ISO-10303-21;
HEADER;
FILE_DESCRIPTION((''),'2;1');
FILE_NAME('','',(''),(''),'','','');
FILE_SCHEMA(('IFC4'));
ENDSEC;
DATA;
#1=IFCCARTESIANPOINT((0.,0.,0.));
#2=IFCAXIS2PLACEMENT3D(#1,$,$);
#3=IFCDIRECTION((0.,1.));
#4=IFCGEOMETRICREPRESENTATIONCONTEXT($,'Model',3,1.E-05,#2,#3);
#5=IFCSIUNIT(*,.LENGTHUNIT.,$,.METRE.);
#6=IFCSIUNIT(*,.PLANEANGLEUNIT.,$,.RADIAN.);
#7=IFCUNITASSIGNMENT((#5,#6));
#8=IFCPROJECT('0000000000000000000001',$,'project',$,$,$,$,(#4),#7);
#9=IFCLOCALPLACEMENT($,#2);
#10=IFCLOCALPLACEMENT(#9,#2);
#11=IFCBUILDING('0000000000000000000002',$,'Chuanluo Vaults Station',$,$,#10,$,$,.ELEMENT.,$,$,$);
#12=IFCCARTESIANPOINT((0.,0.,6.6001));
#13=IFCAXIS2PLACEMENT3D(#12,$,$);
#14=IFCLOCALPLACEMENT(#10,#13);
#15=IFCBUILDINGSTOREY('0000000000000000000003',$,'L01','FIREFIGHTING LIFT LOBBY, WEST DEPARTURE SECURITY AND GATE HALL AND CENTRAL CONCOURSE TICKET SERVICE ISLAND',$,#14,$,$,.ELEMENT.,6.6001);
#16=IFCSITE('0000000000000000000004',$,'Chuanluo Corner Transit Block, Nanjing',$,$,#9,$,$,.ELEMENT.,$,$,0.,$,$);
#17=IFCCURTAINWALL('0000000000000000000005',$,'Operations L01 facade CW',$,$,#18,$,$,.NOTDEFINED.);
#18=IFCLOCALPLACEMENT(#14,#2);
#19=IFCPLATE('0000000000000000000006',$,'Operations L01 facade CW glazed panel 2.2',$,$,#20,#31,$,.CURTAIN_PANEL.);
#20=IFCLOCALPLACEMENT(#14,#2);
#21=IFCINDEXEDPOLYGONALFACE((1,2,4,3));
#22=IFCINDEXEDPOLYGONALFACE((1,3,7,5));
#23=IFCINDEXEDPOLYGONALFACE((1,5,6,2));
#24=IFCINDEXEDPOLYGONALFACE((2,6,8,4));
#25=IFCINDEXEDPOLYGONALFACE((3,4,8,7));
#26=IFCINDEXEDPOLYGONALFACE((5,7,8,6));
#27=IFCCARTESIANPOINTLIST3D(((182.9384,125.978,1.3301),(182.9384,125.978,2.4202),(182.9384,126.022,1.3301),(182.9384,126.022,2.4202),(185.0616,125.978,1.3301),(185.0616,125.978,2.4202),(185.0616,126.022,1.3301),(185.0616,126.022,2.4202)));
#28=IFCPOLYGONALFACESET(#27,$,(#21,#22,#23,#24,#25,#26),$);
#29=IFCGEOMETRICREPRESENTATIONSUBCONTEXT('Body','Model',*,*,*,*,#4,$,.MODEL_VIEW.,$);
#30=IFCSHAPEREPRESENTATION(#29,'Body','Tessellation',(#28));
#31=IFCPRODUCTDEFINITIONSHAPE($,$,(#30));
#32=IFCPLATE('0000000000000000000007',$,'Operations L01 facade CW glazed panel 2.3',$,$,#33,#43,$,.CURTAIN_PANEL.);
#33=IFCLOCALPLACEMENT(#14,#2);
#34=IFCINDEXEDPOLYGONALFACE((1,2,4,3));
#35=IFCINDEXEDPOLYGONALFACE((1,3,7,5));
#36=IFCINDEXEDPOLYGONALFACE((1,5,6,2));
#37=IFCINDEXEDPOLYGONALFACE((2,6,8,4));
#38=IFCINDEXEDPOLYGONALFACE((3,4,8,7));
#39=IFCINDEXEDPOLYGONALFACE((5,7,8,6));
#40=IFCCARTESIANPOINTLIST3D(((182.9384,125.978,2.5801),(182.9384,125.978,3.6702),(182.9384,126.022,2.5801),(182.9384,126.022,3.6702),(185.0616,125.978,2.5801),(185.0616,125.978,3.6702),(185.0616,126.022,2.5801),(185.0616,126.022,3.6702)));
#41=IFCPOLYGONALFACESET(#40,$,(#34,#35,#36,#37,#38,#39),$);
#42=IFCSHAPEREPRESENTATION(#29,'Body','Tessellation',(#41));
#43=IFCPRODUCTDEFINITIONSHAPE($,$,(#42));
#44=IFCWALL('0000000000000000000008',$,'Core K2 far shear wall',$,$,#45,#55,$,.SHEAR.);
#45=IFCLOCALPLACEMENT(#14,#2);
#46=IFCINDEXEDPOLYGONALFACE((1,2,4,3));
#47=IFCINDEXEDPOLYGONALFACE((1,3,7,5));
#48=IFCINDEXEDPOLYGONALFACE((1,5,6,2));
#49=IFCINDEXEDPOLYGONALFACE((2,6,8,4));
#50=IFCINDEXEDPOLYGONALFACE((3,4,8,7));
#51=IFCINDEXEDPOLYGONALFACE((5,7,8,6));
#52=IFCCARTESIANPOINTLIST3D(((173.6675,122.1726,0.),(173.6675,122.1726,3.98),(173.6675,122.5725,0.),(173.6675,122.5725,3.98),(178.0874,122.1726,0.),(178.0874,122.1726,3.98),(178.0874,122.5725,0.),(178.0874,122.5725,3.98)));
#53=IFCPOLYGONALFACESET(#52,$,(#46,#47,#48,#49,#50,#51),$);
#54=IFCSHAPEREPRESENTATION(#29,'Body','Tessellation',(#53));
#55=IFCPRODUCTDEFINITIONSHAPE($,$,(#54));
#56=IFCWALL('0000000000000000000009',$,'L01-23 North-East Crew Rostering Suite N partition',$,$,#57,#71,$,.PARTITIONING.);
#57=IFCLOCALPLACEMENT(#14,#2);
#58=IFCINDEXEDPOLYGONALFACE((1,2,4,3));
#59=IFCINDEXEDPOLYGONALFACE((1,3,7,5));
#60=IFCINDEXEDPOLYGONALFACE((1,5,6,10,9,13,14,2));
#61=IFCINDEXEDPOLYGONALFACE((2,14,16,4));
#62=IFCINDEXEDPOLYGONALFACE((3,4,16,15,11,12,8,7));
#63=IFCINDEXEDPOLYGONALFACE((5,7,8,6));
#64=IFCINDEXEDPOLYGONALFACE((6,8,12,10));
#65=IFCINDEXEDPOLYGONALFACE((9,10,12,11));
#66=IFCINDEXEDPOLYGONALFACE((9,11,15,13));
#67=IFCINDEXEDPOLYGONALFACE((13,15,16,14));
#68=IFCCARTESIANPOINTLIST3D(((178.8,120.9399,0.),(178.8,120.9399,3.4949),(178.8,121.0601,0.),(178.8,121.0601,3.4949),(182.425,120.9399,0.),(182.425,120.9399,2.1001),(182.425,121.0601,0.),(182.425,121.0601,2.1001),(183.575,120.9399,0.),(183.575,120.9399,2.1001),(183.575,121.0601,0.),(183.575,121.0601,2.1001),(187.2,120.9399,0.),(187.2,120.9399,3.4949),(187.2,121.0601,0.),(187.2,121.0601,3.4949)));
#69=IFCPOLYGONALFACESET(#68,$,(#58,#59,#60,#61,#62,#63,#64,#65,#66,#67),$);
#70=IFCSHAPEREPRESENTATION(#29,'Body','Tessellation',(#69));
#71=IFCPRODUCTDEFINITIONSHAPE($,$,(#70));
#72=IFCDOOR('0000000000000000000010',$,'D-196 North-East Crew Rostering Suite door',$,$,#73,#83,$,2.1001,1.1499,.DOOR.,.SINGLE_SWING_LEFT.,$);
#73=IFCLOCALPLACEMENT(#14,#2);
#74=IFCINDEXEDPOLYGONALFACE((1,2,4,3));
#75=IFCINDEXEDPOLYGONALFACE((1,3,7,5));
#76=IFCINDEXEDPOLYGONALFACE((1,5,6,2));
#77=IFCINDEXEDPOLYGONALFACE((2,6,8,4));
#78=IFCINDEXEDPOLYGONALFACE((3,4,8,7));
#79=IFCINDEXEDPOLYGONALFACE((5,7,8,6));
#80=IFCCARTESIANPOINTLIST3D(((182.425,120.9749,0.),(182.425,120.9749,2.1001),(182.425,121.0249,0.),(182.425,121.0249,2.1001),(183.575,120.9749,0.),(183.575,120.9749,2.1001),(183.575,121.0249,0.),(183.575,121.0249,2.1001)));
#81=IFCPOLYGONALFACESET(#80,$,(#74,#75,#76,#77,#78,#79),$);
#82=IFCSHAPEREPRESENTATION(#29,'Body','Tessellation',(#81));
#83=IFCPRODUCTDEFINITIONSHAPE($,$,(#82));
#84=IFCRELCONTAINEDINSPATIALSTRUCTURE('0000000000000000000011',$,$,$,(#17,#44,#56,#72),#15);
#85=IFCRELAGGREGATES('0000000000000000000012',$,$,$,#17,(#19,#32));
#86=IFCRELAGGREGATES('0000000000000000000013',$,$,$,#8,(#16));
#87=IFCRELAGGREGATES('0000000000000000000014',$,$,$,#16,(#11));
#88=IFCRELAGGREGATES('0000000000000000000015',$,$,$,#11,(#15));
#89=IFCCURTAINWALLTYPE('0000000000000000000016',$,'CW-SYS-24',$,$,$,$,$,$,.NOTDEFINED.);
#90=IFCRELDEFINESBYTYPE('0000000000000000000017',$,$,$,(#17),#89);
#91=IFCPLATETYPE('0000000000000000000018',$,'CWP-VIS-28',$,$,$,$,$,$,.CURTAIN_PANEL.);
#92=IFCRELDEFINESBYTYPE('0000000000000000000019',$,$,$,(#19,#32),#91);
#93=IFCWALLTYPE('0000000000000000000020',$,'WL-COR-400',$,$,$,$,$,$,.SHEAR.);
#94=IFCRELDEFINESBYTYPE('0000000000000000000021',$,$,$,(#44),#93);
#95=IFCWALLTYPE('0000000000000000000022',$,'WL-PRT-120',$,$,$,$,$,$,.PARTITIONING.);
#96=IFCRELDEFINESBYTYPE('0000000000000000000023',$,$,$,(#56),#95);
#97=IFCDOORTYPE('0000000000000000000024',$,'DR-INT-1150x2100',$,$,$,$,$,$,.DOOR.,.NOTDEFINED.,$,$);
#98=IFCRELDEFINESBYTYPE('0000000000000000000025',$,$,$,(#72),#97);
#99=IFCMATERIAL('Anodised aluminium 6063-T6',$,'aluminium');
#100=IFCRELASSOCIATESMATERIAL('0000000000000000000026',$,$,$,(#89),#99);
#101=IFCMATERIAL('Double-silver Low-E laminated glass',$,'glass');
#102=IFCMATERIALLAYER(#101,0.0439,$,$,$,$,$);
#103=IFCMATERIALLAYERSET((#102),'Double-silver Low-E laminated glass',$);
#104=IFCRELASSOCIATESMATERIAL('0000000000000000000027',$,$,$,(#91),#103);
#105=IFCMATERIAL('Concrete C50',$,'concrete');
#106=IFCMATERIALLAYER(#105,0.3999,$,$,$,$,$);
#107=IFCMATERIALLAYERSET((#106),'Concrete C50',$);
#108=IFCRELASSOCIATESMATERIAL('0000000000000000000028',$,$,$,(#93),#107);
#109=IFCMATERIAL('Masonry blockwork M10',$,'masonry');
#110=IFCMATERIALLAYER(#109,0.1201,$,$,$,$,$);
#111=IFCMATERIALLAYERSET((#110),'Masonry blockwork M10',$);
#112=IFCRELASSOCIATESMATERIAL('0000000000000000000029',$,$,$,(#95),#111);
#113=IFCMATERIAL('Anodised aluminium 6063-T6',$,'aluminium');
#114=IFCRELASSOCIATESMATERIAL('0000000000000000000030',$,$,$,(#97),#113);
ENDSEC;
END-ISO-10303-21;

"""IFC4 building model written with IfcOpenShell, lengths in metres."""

from ifc_helpers import new_model, si_unit, direction, frame, frame_2d, origin, origin_2d, place, context, subcontext, project, spatial, rectangle, extrude, material, layer, layer_set, type_object, element, fill, aggregate, save


model = new_model("IFC4")

# Units and contexts
model_context = context("Model", 3, precision=1e-05, world=origin(), true_north=direction((0.0, 1.0)))
body_context = subcontext(model_context, "Body", "Model", "MODEL_VIEW")
ifc_project = project(units=[si_unit("LENGTHUNIT", "METRE"), si_unit("PLANEANGLEUNIT", "RADIAN")], contexts=[model_context])

# Site, building, storey
site_placement = place(None, origin())
site = spatial("IfcSite", under=ifc_project, at=site_placement, Name="Chuanluo Corner Transit Block, Nanjing", CompositionType="ELEMENT", RefElevation=0.0)
building_placement = place(site_placement, origin())
building = spatial("IfcBuilding", under=site, at=building_placement, Name="Chuanluo Vaults Station", CompositionType="ELEMENT")
storey_placement = place(building_placement, frame((0.0, 0.0, 6.6001)))
storey = spatial("IfcBuildingStorey", under=building, at=storey_placement, Name="L01", Description="FIREFIGHTING LIFT LOBBY, WEST DEPARTURE SECURITY AND GATE HALL AND CENTRAL CONCOURSE TICKET SERVICE ISLAND", CompositionType="ELEMENT", Elevation=6.6001)

# Curtain wall, plates
ifc_material_1 = material(Name="Anodised aluminium 6063-T6", Category="aluminium")
curtain_wall_type = type_object("IfcCurtainWallType", Name="CW-SYS-24", PredefinedType="NOTDEFINED", material=ifc_material_1)
curtain_wall_placement = place(storey_placement, origin())
curtain_wall = element("IfcCurtainWall", 1, at=curtain_wall_placement, inside=storey, type_object=curtain_wall_type, Name="Operations L01 facade CW", PredefinedType="NOTDEFINED")
ifc_material_2 = material(Name="Double-silver Low-E laminated glass", Category="glass")
ifc_layer_1 = layer(ifc_material_2, 0.0439)
ifc_layer_set_1 = layer_set([ifc_layer_1], Name="Double-silver Low-E laminated glass")
plate_type_1 = type_object("IfcPlateType", Name="CWP-VIS-28", PredefinedType="CURTAIN_PANEL", material=ifc_layer_set_1)
plate_1_placement = place(storey_placement, frame((184.0, 126.0, 1.3301), z_axis=(0.0, 0.0, 1.0), x_axis=(1.0, 0.0, 0.0)))
plate_1 = element("IfcPlate", 2, at=plate_1_placement, type_object=plate_type_1, Name="Operations L01 facade CW glazed panel 2.2", PredefinedType="CURTAIN_PANEL", context=body_context, shape_type="SweptSolid", body=[
    extrude(rectangle(XDim=2.1233, YDim=0.0439, at=origin_2d()), origin(), (0.0, 0.0, 1.0), 1.0901),
])
plate_2_placement = place(storey_placement, frame((184.0, 126.0, 2.5801), z_axis=(0.0, 0.0, 1.0), x_axis=(1.0, 0.0, 0.0)))
plate_2 = element("IfcPlate", 3, at=plate_2_placement, type_object=plate_type_1, Name="Operations L01 facade CW glazed panel 2.3", PredefinedType="CURTAIN_PANEL", context=body_context, shape_type="SweptSolid", body=[
    extrude(rectangle(XDim=2.1233, YDim=0.0439, at=origin_2d()), origin(), (0.0, 0.0, 1.0), 1.0901),
])
aggregate(curtain_wall, [plate_1, plate_2])

# Wall
ifc_material_3 = material(Name="Concrete C50", Category="concrete")
ifc_layer_2 = layer(ifc_material_3, 0.3999)
ifc_layer_set_2 = layer_set([ifc_layer_2], Name="Concrete C50")
wall_type_1 = type_object("IfcWallType", Name="WL-COR-400", PredefinedType="SHEAR", material=ifc_layer_set_2)
wall_1_placement = place(storey_placement, frame((178.0874, 122.3726, 0.0), z_axis=(0.0, 0.0, 1.0), x_axis=(-1.0, 0.0, 0.0)))
element("IfcWall", 4, at=wall_1_placement, inside=storey, type_object=wall_type_1, Name="Core K2 far shear wall", PredefinedType="SHEAR", context=body_context, shape_type="SweptSolid", body=[
    extrude(rectangle(XDim=4.4199, YDim=0.3999, at=frame_2d((2.21, 0.0))), origin(), (0.0, 0.0, 1.0), 3.98),
])

# Wall, opening, door
ifc_material_4 = material(Name="Masonry blockwork M10", Category="masonry")
ifc_layer_3 = layer(ifc_material_4, 0.1201)
ifc_layer_set_3 = layer_set([ifc_layer_3], Name="Masonry blockwork M10")
wall_type_2 = type_object("IfcWallType", Name="WL-PRT-120", PredefinedType="PARTITIONING", material=ifc_layer_set_3)
wall_2_placement = place(storey_placement, frame((178.8, 121.0, 0.0), z_axis=(0.0, 0.0, 1.0), x_axis=(1.0, 0.0, 0.0)))
wall_2 = element("IfcWall", 5, at=wall_2_placement, inside=storey, type_object=wall_type_2, Name="L01-23 North-East Crew Rostering Suite N partition", PredefinedType="PARTITIONING", context=body_context, shape_type="SweptSolid", body=[
    extrude(rectangle(XDim=8.3999, YDim=0.1201, at=frame_2d((4.2, 0.0))), origin(), (0.0, 0.0, 1.0), 3.4949),
])
opening_placement = place(wall_2_placement, frame((3.625, 0.0, 0.0)))
opening = element("IfcOpeningElement", 6, at=opening_placement, cuts=wall_2, PredefinedType="OPENING", context=body_context, shape_type="SweptSolid", body=[
    extrude(rectangle(XDim=1.1499, YDim=2.1001, at=frame_2d((0.575, 1.05))), frame((0.0, 0.0701, 0.0), z_axis=(0.0, -1.0, 0.0), x_axis=(1.0, 0.0, 0.0)), (0.0, 0.0, 1.0), 0.1401),
])
ifc_material_5 = material(Name="Anodised aluminium 6063-T6", Category="aluminium")
door_type = type_object("IfcDoorType", Name="DR-INT-1150x2100", OperationType="NOTDEFINED", PredefinedType="DOOR", material=ifc_material_5)
door_placement = place(opening_placement, origin())
door = element("IfcDoor", 7, at=door_placement, inside=storey, type_object=door_type, Name="D-196 North-East Crew Rostering Suite door", OperationType="SINGLE_SWING_LEFT", OverallHeight=2.1001, OverallWidth=1.1499, PredefinedType="DOOR", context=body_context, shape_type="SweptSolid", body=[
    extrude(rectangle(XDim=1.1499, YDim=2.1001, at=frame_2d((0.575, 1.05))), frame((0.0, 0.0249, 0.0), z_axis=(0.0, -1.0, 0.0), x_axis=(1.0, 0.0, 0.0)), (0.0, 0.0, 1.0), 0.05),
])
fill(opening, door)

save(model, "model.ifc")
